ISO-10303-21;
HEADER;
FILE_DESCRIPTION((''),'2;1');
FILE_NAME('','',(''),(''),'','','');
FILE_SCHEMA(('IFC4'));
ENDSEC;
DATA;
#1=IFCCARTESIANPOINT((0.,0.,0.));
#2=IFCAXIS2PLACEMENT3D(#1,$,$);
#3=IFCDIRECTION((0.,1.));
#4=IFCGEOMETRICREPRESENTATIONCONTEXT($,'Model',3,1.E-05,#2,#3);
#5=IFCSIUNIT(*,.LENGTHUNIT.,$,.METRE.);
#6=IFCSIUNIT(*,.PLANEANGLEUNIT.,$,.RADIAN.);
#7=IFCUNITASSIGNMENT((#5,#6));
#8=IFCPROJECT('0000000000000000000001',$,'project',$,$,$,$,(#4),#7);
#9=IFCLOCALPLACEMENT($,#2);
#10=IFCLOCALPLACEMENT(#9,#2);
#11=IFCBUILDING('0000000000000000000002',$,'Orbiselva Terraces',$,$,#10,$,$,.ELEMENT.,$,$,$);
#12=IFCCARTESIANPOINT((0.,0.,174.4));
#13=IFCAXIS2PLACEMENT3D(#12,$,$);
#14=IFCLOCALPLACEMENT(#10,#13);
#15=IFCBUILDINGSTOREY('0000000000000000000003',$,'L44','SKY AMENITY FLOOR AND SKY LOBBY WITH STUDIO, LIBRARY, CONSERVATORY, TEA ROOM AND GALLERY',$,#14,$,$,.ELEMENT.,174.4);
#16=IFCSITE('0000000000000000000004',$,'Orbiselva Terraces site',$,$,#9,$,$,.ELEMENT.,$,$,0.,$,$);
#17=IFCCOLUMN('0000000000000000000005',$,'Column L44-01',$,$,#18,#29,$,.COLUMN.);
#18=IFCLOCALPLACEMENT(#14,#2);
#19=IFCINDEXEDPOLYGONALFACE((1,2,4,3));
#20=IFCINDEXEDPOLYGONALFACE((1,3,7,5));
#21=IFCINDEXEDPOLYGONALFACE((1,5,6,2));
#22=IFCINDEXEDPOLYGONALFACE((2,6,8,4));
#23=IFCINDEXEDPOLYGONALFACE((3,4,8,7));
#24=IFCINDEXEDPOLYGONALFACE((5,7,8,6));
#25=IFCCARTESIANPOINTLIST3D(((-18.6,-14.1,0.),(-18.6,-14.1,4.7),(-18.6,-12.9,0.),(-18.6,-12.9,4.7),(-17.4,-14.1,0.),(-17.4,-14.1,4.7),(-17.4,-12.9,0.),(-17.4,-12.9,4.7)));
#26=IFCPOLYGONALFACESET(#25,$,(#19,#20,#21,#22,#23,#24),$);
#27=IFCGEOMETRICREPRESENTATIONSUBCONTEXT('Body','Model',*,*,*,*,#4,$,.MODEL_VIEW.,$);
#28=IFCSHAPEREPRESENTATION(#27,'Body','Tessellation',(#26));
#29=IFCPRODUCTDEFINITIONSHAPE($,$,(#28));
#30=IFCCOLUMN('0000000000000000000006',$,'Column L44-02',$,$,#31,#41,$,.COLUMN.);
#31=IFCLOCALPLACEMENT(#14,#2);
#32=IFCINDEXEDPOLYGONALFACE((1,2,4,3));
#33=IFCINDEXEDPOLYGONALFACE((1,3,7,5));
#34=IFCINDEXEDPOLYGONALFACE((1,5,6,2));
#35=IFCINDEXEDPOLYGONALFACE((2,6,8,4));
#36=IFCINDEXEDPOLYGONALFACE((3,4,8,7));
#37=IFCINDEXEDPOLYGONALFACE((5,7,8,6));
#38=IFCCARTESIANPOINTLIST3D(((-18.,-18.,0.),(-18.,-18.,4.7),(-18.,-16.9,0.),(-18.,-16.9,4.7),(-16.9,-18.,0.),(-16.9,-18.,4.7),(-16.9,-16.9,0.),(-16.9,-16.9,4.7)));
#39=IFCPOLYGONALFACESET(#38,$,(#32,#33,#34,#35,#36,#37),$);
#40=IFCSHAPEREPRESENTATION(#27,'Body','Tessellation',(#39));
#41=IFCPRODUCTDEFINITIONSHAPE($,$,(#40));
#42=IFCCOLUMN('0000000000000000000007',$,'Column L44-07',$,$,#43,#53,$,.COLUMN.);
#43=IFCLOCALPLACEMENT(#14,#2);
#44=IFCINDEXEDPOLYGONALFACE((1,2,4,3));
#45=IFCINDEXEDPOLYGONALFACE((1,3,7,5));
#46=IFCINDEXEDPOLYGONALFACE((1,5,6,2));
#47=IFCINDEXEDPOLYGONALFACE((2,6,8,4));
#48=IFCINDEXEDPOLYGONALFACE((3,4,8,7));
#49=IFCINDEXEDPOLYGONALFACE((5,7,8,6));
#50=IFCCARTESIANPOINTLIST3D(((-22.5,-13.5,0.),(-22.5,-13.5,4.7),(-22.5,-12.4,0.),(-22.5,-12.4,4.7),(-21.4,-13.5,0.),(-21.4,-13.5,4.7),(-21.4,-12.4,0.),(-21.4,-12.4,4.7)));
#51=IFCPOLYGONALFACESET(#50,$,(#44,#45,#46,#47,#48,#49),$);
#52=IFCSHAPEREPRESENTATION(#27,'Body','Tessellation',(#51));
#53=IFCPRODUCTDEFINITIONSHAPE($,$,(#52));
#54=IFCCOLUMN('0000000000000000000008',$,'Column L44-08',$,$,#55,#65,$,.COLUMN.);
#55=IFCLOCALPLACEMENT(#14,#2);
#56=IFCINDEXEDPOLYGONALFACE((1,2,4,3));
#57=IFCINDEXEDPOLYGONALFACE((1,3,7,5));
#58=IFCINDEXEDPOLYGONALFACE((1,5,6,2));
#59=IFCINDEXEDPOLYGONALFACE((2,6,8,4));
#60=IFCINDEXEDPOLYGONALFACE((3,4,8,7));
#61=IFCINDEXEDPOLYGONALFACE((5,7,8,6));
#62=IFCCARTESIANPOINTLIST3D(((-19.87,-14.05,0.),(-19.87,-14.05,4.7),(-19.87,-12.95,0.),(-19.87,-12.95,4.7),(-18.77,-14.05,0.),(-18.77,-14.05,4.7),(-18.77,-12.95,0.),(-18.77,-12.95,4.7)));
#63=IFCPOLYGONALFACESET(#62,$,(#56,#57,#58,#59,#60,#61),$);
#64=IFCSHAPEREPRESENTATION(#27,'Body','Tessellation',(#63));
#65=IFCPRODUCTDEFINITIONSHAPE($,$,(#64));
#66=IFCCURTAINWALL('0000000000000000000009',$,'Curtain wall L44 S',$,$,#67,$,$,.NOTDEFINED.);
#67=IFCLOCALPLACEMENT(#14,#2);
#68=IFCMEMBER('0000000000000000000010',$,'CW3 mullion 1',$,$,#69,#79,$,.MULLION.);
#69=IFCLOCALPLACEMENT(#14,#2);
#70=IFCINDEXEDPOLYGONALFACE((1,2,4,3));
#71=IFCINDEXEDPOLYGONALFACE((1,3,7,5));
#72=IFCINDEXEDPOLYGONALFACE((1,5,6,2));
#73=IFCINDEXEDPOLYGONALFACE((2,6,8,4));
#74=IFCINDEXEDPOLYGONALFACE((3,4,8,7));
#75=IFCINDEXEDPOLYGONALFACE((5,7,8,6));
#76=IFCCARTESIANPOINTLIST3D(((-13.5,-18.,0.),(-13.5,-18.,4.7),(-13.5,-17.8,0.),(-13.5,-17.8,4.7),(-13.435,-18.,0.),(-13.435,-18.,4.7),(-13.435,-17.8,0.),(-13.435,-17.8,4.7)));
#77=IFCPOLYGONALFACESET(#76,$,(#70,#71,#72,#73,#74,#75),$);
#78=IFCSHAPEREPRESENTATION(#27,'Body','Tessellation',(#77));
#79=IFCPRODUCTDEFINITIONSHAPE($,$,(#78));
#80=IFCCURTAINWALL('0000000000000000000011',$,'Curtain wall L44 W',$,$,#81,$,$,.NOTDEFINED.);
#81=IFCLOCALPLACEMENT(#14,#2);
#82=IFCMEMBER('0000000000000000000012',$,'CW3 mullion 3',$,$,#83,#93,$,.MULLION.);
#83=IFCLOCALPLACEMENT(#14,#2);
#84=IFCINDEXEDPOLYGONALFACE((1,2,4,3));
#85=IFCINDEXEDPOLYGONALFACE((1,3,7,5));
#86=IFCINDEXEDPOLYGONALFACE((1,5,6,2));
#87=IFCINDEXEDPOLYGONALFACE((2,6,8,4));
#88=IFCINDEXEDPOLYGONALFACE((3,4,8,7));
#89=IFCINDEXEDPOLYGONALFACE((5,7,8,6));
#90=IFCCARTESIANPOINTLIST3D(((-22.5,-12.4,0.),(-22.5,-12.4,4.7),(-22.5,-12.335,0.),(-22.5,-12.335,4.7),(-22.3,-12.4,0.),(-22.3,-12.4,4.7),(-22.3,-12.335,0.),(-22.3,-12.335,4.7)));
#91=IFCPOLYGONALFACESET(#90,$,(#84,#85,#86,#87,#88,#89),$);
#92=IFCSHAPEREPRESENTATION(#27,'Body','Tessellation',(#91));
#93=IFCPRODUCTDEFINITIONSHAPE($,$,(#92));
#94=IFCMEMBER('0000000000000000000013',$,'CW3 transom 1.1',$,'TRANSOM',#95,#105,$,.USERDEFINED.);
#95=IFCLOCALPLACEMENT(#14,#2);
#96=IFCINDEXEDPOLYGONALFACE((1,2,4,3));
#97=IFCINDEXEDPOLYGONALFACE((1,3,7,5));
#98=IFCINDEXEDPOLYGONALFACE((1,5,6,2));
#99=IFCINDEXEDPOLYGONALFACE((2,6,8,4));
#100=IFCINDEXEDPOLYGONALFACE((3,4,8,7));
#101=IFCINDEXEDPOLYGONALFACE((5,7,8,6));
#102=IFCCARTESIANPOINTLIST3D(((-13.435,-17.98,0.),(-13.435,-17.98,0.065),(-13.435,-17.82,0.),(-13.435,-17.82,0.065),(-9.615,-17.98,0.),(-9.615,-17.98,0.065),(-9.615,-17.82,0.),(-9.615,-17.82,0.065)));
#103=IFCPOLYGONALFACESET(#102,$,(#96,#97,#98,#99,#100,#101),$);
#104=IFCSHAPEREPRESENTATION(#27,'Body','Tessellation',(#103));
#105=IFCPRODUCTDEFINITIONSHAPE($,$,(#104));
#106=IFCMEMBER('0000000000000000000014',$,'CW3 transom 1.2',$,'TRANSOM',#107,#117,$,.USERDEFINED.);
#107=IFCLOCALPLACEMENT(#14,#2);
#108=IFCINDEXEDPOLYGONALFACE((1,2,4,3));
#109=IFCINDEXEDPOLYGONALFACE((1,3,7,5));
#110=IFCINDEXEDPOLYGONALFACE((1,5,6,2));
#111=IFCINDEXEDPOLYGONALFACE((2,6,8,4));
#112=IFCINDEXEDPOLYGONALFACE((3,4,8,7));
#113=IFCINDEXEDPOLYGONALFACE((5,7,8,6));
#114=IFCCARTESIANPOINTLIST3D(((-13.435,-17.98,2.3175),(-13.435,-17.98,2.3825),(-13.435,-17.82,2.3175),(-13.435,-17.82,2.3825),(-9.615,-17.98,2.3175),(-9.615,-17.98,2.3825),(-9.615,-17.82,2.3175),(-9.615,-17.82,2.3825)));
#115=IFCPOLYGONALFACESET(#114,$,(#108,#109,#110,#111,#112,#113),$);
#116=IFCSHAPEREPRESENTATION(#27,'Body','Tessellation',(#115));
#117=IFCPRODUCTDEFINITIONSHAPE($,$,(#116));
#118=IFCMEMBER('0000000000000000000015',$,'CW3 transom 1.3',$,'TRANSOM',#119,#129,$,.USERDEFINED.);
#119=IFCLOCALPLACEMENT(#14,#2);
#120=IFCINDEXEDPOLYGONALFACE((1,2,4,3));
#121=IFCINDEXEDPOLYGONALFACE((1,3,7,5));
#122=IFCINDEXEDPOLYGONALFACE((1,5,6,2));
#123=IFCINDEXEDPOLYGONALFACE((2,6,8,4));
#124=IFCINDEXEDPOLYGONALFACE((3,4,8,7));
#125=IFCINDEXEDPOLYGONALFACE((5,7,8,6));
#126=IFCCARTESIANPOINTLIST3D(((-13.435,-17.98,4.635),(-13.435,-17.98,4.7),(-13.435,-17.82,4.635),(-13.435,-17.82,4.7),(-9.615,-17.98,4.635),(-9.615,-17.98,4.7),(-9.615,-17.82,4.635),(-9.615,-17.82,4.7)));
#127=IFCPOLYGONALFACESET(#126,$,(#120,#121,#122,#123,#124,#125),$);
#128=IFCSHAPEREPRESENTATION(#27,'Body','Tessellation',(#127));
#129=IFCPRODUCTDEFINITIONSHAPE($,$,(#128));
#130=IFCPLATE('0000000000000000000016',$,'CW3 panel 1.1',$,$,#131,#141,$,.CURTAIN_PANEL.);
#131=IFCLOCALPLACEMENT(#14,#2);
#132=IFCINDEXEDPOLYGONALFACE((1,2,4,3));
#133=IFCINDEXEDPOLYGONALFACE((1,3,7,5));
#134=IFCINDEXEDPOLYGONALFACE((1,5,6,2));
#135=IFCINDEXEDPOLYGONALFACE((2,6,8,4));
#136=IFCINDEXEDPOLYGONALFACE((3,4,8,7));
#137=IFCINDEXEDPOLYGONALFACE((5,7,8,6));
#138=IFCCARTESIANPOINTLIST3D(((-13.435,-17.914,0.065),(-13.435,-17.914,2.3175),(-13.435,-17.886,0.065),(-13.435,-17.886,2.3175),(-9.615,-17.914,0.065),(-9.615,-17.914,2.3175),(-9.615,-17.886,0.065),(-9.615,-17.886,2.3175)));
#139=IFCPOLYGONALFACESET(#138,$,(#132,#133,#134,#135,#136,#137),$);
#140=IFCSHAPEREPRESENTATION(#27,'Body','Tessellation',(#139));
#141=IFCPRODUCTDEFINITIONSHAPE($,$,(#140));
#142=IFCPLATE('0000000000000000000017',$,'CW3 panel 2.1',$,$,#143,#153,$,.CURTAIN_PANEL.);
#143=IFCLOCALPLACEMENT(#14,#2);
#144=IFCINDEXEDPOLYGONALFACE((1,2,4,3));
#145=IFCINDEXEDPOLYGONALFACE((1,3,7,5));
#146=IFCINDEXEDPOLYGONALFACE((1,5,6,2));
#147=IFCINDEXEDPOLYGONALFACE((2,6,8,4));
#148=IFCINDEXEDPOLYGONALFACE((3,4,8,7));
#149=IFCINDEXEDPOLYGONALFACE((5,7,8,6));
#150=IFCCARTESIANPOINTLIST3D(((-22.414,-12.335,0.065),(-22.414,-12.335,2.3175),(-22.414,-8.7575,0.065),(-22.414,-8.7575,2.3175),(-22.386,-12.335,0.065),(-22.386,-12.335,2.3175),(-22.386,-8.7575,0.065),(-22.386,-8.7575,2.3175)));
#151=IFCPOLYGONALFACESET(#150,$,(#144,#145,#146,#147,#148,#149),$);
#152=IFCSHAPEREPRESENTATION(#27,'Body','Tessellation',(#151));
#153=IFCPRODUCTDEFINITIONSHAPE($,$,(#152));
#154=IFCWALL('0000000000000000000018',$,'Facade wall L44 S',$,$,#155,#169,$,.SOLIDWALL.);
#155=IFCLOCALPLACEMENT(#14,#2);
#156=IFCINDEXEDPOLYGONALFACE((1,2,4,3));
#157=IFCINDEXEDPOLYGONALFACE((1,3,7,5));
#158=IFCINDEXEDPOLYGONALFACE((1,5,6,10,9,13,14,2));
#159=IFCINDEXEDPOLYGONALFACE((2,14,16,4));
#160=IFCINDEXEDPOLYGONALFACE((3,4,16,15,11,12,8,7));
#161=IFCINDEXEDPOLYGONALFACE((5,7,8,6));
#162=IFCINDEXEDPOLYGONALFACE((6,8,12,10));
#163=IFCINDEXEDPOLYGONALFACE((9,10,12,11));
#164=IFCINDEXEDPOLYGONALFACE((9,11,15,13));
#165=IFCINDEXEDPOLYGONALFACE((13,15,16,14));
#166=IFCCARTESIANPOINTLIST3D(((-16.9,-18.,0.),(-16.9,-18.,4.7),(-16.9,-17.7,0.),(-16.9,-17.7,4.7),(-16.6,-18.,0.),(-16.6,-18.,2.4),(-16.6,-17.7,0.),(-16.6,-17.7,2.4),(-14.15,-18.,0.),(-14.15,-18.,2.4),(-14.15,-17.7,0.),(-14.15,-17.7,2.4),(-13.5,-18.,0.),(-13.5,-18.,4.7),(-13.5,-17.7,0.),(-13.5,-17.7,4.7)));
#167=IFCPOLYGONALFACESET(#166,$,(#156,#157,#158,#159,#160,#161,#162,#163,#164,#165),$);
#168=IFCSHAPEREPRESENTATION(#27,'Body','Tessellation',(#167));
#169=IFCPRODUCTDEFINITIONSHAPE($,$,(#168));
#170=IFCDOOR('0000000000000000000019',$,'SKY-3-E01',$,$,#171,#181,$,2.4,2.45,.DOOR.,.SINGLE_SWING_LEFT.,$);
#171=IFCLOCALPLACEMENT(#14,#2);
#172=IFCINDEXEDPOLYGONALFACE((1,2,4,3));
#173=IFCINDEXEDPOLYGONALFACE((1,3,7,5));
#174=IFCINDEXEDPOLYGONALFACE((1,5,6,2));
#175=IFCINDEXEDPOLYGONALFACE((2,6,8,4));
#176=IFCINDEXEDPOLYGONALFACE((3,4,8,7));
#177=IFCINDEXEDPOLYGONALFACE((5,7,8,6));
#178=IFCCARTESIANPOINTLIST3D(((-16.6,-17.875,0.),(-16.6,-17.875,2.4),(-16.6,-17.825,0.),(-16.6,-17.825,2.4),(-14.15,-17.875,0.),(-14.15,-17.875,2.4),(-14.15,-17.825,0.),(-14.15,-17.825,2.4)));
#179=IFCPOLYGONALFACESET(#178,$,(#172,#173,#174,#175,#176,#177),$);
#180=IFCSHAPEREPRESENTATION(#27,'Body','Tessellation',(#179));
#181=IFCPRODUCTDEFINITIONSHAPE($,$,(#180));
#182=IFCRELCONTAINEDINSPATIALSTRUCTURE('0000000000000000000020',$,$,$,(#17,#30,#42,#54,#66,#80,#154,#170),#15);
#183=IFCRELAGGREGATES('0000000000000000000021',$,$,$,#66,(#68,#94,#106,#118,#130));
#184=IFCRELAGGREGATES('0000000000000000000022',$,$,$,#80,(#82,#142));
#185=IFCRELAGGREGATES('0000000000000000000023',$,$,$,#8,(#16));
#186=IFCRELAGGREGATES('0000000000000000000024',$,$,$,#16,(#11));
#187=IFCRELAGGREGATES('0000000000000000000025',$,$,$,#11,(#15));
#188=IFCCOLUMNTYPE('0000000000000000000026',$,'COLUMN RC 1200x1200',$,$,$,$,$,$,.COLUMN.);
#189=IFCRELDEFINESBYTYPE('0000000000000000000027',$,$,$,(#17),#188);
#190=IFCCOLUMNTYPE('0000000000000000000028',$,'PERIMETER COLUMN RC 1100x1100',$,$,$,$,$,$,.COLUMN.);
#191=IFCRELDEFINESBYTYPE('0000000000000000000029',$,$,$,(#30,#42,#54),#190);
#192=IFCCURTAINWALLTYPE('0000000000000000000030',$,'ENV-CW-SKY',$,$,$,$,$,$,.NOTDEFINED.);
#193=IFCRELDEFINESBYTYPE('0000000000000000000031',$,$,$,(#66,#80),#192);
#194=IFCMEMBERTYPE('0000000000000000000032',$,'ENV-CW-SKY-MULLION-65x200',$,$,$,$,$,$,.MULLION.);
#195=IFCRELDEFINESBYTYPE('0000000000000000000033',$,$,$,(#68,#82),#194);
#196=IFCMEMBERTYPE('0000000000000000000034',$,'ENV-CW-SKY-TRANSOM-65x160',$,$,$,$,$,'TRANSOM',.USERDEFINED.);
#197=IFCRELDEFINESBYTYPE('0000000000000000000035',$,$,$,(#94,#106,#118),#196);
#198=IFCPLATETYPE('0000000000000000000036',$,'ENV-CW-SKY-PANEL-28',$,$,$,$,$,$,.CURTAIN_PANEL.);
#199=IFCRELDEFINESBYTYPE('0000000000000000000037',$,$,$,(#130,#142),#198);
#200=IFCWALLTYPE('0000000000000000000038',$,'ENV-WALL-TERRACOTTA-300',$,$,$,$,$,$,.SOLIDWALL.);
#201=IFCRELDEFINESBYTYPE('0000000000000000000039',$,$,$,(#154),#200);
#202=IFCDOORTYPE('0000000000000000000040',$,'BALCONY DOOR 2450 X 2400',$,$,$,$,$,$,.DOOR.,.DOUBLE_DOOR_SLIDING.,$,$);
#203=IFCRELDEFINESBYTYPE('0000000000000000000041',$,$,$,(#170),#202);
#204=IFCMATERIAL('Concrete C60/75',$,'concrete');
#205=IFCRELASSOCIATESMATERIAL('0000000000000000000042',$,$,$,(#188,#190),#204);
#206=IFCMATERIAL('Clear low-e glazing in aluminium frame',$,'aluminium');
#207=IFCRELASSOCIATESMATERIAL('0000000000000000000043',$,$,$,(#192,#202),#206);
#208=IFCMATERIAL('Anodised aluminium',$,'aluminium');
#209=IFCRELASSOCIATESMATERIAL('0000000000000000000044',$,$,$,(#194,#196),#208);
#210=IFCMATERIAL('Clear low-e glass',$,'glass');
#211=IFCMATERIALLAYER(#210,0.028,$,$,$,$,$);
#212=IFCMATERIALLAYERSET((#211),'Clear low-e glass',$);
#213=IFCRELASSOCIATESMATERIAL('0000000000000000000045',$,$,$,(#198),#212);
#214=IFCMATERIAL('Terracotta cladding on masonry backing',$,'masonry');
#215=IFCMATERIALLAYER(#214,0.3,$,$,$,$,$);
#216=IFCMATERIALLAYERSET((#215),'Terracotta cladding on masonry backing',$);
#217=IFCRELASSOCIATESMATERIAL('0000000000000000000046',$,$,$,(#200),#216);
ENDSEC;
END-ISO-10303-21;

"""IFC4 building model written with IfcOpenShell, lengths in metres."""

from ifc_helpers import new_model, si_unit, direction, frame, frame_2d, origin, origin_2d, place, context, subcontext, project, spatial, rectangle, extrude, material, layer, layer_set, material_profile, profile_set, type_object, element, fill, aggregate, save


model = new_model("IFC4")

# Units and contexts
model_context = context("Model", 3, precision=1e-05, world=origin(), true_north=direction((0.0, 1.0)))
body_context = subcontext(model_context, "Body", "Model", "MODEL_VIEW")
ifc_project = project(units=[si_unit("LENGTHUNIT", "METRE"), si_unit("PLANEANGLEUNIT", "RADIAN")], contexts=[model_context])

# Site, building, storey
site_placement = place(None, origin())
site = spatial("IfcSite", under=ifc_project, at=site_placement, Name="Orbiselva Terraces site", CompositionType="ELEMENT", RefElevation=0.0)
building_placement = place(site_placement, origin())
building = spatial("IfcBuilding", under=site, at=building_placement, Name="Orbiselva Terraces", CompositionType="ELEMENT")
storey_placement = place(building_placement, frame((0.0, 0.0, 174.4)))
storey = spatial("IfcBuildingStorey", under=building, at=storey_placement, Name="L44", Description="SKY AMENITY FLOOR AND SKY LOBBY WITH STUDIO, LIBRARY, CONSERVATORY, TEA ROOM AND GALLERY", CompositionType="ELEMENT", Elevation=174.4)

# Columns
ifc_material_1 = material(Name="Concrete C60/75", Category="concrete")
ifc_material_profile_1 = material_profile(ifc_material_1, rectangle(XDim=1.2, YDim=1.2, at=origin_2d()), Name="RC 1200x1200")
ifc_profile_set_1 = profile_set([ifc_material_profile_1], Name="Concrete C60/75")
column_type_1 = type_object("IfcColumnType", Name="COLUMN RC 1200x1200", PredefinedType="COLUMN", material=ifc_profile_set_1)
column_placement = place(storey_placement, frame((-18.0, -13.5, 0.0), z_axis=(0.0, 0.0, 1.0), x_axis=(1.0, 0.0, 0.0)))
element("IfcColumn", 1, at=column_placement, inside=storey, type_object=column_type_1, Name="Column L44-01", PredefinedType="COLUMN", context=body_context, shape_type="SweptSolid", body=[
    extrude(rectangle(XDim=1.2, YDim=1.2, at=origin_2d()), origin(), (0.0, 0.0, 1.0), 4.7),
])
ifc_material_profile_2 = material_profile(ifc_material_1, rectangle(XDim=1.1, YDim=1.1, at=origin_2d()), Name="RC 1100x1100")
ifc_profile_set_2 = profile_set([ifc_material_profile_2], Name="Concrete C60/75")
column_type_2 = type_object("IfcColumnType", Name="PERIMETER COLUMN RC 1100x1100", PredefinedType="COLUMN", material=ifc_profile_set_2)
for number, where, z_axis, x_axis, name in (
    (2, (-17.45, -17.45, 0.0), (0.0, 0.0, 1.0), (1.0, 0.0, 0.0), "Column L44-02"),
    (3, (-21.95, -12.95, 0.0), (0.0, 0.0, 1.0), (1.0, 0.0, 0.0), "Column L44-07"),
    (4, (-19.32, -13.5, 0.0), (0.0, 0.0, 1.0), (1.0, 0.0, 0.0), "Column L44-08"),
):
    element("IfcColumn", number, at=place(storey_placement, frame(where, z_axis=z_axis, x_axis=x_axis)), inside=storey, type_object=column_type_2, Name=name, PredefinedType="COLUMN", context=body_context, shape_type="SweptSolid", body=[
        extrude(rectangle(XDim=1.1, YDim=1.1, at=origin_2d()), origin(), (0.0, 0.0, 1.0), 4.7),
    ])

# Curtain walls, members
ifc_material_2 = material(Name="Clear low-e glazing in aluminium frame", Category="aluminium")
curtain_wall_type = type_object("IfcCurtainWallType", Name="ENV-CW-SKY", PredefinedType="NOTDEFINED", material=ifc_material_2)
curtain_wall_1_placement = place(storey_placement, origin())
curtain_wall_1 = element("IfcCurtainWall", 5, at=curtain_wall_1_placement, inside=storey, type_object=curtain_wall_type, Name="Curtain wall L44 S", PredefinedType="NOTDEFINED")
ifc_material_3 = material(Name="Anodised aluminium", Category="aluminium")
ifc_material_profile_3 = material_profile(ifc_material_3, rectangle(XDim=0.2, YDim=0.065, at=origin_2d()), Name="AL 65x200")
ifc_profile_set_3 = profile_set([ifc_material_profile_3], Name="Anodised aluminium")
member_type_1 = type_object("IfcMemberType", Name="ENV-CW-SKY-MULLION-65x200", PredefinedType="MULLION", material=ifc_profile_set_3)
member_1_placement = place(storey_placement, frame((-13.4675, -17.9, 0.0), z_axis=(0.0, 0.0, 1.0), x_axis=(0.0, 1.0, 0.0)))
member_1 = element("IfcMember", 6, at=member_1_placement, type_object=member_type_1, Name="CW3 mullion 1", PredefinedType="MULLION", context=body_context, shape_type="SweptSolid", body=[
    extrude(rectangle(XDim=0.2, YDim=0.065, at=origin_2d()), origin(), (0.0, 0.0, 1.0), 4.7),
])
curtain_wall_2_placement = place(storey_placement, origin())
curtain_wall_2 = element("IfcCurtainWall", 7, at=curtain_wall_2_placement, inside=storey, type_object=curtain_wall_type, Name="Curtain wall L44 W", PredefinedType="NOTDEFINED")
member_2_placement = place(storey_placement, frame((-22.4, -12.3675, 0.0), z_axis=(0.0, 0.0, 1.0), x_axis=(1.0, 0.0, 0.0)))
member_2 = element("IfcMember", 8, at=member_2_placement, type_object=member_type_1, Name="CW3 mullion 3", PredefinedType="MULLION", context=body_context, shape_type="SweptSolid", body=[
    extrude(rectangle(XDim=0.2, YDim=0.065, at=origin_2d()), origin(), (0.0, 0.0, 1.0), 4.7),
])

# Members
ifc_material_profile_4 = material_profile(ifc_material_3, rectangle(XDim=0.16, YDim=0.065, at=origin_2d()), Name="AL 65x160")
ifc_profile_set_4 = profile_set([ifc_material_profile_4], Name="Anodised aluminium")
member_type_2 = type_object("IfcMemberType", Name="ENV-CW-SKY-TRANSOM-65x160", ElementType="TRANSOM", PredefinedType="USERDEFINED", material=ifc_profile_set_4)
member_3_placement = place(storey_placement, frame((-13.435, -17.9, 0.0325), z_axis=(1.0, 0.0, 0.0), x_axis=(0.0, 1.0, 0.0)))
member_3 = element("IfcMember", 9, at=member_3_placement, type_object=member_type_2, Name="CW3 transom 1.1", ObjectType="TRANSOM", PredefinedType="USERDEFINED", context=body_context, shape_type="SweptSolid", body=[
    extrude(rectangle(XDim=0.16, YDim=0.065, at=origin_2d()), origin(), (0.0, 0.0, 1.0), 3.82),
])
member_4_placement = place(storey_placement, frame((-13.435, -17.9, 2.35), z_axis=(1.0, 0.0, 0.0), x_axis=(0.0, 1.0, 0.0)))
member_4 = element("IfcMember", 10, at=member_4_placement, type_object=member_type_2, Name="CW3 transom 1.2", ObjectType="TRANSOM", PredefinedType="USERDEFINED", context=body_context, shape_type="SweptSolid", body=[
    extrude(rectangle(XDim=0.16, YDim=0.065, at=origin_2d()), origin(), (0.0, 0.0, 1.0), 3.82),
])
member_5_placement = place(storey_placement, frame((-13.435, -17.9, 4.6675), z_axis=(1.0, 0.0, 0.0), x_axis=(0.0, 1.0, 0.0)))
member_5 = element("IfcMember", 11, at=member_5_placement, type_object=member_type_2, Name="CW3 transom 1.3", ObjectType="TRANSOM", PredefinedType="USERDEFINED", context=body_context, shape_type="SweptSolid", body=[
    extrude(rectangle(XDim=0.16, YDim=0.065, at=origin_2d()), origin(), (0.0, 0.0, 1.0), 3.82),
])

# Plates
ifc_material_4 = material(Name="Clear low-e glass", Category="glass")
ifc_layer_1 = layer(ifc_material_4, 0.028)
ifc_layer_set_1 = layer_set([ifc_layer_1], Name="Clear low-e glass")
plate_type = type_object("IfcPlateType", Name="ENV-CW-SKY-PANEL-28", PredefinedType="CURTAIN_PANEL", material=ifc_layer_set_1)
plate_1_placement = place(storey_placement, frame((-11.525, -17.9, 0.065), z_axis=(0.0, 0.0, 1.0), x_axis=(1.0, 0.0, 0.0)))
plate_1 = element("IfcPlate", 12, at=plate_1_placement, type_object=plate_type, Name="CW3 panel 1.1", PredefinedType="CURTAIN_PANEL", context=body_context, shape_type="SweptSolid", body=[
    extrude(rectangle(XDim=3.82, YDim=0.028, at=origin_2d()), origin(), (0.0, 0.0, 1.0), 2.2525),
])
aggregate(curtain_wall_1, [member_1, member_3, member_4, member_5, plate_1])
plate_2_placement = place(storey_placement, frame((-22.4, -10.5463, 0.065), z_axis=(0.0, 0.0, 1.0), x_axis=(0.0, -1.0, 0.0)))
plate_2 = element("IfcPlate", 13, at=plate_2_placement, type_object=plate_type, Name="CW3 panel 2.1", PredefinedType="CURTAIN_PANEL", context=body_context, shape_type="SweptSolid", body=[
    extrude(rectangle(XDim=3.5775, YDim=0.028, at=origin_2d()), origin(), (0.0, 0.0, 1.0), 2.2525),
])
aggregate(curtain_wall_2, [member_2, plate_2])

# Wall, opening, door
ifc_material_5 = material(Name="Terracotta cladding on masonry backing", Category="masonry")
ifc_layer_2 = layer(ifc_material_5, 0.3)
ifc_layer_set_2 = layer_set([ifc_layer_2], Name="Terracotta cladding on masonry backing")
wall_type = type_object("IfcWallType", Name="ENV-WALL-TERRACOTTA-300", PredefinedType="SOLIDWALL", material=ifc_layer_set_2)
wall_1_placement = place(storey_placement, frame((-13.5, -17.85, 0.0), z_axis=(0.0, 0.0, 1.0), x_axis=(-1.0, 0.0, 0.0)))
wall_1 = element("IfcWall", 14, at=wall_1_placement, inside=storey, type_object=wall_type, Name="Facade wall L44 S", PredefinedType="SOLIDWALL", context=body_context, shape_type="SweptSolid", body=[
    extrude(rectangle(XDim=3.4, YDim=0.3, at=frame_2d((1.7, 0.0))), origin(), (0.0, 0.0, 1.0), 4.7),
])
opening_placement = place(wall_1_placement, frame((0.65, 0.0, 0.0)))
opening = element("IfcOpeningElement", 15, at=opening_placement, cuts=wall_1, PredefinedType="OPENING", context=body_context, shape_type="SweptSolid", body=[
    extrude(rectangle(XDim=2.45, YDim=2.4, at=frame_2d((1.225, 1.2))), frame((0.0, 0.16, 0.0), z_axis=(0.0, -1.0, 0.0), x_axis=(1.0, 0.0, 0.0)), (0.0, 0.0, 1.0), 0.32),
])
door_type = type_object("IfcDoorType", Name="BALCONY DOOR 2450 X 2400", OperationType="DOUBLE_DOOR_SLIDING", PredefinedType="DOOR", material=ifc_material_2)
door_placement = place(opening_placement, origin())
door = element("IfcDoor", 16, at=door_placement, inside=storey, type_object=door_type, Name="SKY-3-E01", OperationType="SINGLE_SWING_LEFT", OverallHeight=2.4, OverallWidth=2.45, PredefinedType="DOOR", context=body_context, shape_type="SweptSolid", body=[
    extrude(rectangle(XDim=2.45, YDim=2.4, at=frame_2d((1.225, 1.2))), frame((0.0, 0.025, 0.0), z_axis=(0.0, -1.0, 0.0), x_axis=(1.0, 0.0, 0.0)), (0.0, 0.0, 1.0), 0.05),
])
fill(opening, door)

save(model, "model.ifc")
